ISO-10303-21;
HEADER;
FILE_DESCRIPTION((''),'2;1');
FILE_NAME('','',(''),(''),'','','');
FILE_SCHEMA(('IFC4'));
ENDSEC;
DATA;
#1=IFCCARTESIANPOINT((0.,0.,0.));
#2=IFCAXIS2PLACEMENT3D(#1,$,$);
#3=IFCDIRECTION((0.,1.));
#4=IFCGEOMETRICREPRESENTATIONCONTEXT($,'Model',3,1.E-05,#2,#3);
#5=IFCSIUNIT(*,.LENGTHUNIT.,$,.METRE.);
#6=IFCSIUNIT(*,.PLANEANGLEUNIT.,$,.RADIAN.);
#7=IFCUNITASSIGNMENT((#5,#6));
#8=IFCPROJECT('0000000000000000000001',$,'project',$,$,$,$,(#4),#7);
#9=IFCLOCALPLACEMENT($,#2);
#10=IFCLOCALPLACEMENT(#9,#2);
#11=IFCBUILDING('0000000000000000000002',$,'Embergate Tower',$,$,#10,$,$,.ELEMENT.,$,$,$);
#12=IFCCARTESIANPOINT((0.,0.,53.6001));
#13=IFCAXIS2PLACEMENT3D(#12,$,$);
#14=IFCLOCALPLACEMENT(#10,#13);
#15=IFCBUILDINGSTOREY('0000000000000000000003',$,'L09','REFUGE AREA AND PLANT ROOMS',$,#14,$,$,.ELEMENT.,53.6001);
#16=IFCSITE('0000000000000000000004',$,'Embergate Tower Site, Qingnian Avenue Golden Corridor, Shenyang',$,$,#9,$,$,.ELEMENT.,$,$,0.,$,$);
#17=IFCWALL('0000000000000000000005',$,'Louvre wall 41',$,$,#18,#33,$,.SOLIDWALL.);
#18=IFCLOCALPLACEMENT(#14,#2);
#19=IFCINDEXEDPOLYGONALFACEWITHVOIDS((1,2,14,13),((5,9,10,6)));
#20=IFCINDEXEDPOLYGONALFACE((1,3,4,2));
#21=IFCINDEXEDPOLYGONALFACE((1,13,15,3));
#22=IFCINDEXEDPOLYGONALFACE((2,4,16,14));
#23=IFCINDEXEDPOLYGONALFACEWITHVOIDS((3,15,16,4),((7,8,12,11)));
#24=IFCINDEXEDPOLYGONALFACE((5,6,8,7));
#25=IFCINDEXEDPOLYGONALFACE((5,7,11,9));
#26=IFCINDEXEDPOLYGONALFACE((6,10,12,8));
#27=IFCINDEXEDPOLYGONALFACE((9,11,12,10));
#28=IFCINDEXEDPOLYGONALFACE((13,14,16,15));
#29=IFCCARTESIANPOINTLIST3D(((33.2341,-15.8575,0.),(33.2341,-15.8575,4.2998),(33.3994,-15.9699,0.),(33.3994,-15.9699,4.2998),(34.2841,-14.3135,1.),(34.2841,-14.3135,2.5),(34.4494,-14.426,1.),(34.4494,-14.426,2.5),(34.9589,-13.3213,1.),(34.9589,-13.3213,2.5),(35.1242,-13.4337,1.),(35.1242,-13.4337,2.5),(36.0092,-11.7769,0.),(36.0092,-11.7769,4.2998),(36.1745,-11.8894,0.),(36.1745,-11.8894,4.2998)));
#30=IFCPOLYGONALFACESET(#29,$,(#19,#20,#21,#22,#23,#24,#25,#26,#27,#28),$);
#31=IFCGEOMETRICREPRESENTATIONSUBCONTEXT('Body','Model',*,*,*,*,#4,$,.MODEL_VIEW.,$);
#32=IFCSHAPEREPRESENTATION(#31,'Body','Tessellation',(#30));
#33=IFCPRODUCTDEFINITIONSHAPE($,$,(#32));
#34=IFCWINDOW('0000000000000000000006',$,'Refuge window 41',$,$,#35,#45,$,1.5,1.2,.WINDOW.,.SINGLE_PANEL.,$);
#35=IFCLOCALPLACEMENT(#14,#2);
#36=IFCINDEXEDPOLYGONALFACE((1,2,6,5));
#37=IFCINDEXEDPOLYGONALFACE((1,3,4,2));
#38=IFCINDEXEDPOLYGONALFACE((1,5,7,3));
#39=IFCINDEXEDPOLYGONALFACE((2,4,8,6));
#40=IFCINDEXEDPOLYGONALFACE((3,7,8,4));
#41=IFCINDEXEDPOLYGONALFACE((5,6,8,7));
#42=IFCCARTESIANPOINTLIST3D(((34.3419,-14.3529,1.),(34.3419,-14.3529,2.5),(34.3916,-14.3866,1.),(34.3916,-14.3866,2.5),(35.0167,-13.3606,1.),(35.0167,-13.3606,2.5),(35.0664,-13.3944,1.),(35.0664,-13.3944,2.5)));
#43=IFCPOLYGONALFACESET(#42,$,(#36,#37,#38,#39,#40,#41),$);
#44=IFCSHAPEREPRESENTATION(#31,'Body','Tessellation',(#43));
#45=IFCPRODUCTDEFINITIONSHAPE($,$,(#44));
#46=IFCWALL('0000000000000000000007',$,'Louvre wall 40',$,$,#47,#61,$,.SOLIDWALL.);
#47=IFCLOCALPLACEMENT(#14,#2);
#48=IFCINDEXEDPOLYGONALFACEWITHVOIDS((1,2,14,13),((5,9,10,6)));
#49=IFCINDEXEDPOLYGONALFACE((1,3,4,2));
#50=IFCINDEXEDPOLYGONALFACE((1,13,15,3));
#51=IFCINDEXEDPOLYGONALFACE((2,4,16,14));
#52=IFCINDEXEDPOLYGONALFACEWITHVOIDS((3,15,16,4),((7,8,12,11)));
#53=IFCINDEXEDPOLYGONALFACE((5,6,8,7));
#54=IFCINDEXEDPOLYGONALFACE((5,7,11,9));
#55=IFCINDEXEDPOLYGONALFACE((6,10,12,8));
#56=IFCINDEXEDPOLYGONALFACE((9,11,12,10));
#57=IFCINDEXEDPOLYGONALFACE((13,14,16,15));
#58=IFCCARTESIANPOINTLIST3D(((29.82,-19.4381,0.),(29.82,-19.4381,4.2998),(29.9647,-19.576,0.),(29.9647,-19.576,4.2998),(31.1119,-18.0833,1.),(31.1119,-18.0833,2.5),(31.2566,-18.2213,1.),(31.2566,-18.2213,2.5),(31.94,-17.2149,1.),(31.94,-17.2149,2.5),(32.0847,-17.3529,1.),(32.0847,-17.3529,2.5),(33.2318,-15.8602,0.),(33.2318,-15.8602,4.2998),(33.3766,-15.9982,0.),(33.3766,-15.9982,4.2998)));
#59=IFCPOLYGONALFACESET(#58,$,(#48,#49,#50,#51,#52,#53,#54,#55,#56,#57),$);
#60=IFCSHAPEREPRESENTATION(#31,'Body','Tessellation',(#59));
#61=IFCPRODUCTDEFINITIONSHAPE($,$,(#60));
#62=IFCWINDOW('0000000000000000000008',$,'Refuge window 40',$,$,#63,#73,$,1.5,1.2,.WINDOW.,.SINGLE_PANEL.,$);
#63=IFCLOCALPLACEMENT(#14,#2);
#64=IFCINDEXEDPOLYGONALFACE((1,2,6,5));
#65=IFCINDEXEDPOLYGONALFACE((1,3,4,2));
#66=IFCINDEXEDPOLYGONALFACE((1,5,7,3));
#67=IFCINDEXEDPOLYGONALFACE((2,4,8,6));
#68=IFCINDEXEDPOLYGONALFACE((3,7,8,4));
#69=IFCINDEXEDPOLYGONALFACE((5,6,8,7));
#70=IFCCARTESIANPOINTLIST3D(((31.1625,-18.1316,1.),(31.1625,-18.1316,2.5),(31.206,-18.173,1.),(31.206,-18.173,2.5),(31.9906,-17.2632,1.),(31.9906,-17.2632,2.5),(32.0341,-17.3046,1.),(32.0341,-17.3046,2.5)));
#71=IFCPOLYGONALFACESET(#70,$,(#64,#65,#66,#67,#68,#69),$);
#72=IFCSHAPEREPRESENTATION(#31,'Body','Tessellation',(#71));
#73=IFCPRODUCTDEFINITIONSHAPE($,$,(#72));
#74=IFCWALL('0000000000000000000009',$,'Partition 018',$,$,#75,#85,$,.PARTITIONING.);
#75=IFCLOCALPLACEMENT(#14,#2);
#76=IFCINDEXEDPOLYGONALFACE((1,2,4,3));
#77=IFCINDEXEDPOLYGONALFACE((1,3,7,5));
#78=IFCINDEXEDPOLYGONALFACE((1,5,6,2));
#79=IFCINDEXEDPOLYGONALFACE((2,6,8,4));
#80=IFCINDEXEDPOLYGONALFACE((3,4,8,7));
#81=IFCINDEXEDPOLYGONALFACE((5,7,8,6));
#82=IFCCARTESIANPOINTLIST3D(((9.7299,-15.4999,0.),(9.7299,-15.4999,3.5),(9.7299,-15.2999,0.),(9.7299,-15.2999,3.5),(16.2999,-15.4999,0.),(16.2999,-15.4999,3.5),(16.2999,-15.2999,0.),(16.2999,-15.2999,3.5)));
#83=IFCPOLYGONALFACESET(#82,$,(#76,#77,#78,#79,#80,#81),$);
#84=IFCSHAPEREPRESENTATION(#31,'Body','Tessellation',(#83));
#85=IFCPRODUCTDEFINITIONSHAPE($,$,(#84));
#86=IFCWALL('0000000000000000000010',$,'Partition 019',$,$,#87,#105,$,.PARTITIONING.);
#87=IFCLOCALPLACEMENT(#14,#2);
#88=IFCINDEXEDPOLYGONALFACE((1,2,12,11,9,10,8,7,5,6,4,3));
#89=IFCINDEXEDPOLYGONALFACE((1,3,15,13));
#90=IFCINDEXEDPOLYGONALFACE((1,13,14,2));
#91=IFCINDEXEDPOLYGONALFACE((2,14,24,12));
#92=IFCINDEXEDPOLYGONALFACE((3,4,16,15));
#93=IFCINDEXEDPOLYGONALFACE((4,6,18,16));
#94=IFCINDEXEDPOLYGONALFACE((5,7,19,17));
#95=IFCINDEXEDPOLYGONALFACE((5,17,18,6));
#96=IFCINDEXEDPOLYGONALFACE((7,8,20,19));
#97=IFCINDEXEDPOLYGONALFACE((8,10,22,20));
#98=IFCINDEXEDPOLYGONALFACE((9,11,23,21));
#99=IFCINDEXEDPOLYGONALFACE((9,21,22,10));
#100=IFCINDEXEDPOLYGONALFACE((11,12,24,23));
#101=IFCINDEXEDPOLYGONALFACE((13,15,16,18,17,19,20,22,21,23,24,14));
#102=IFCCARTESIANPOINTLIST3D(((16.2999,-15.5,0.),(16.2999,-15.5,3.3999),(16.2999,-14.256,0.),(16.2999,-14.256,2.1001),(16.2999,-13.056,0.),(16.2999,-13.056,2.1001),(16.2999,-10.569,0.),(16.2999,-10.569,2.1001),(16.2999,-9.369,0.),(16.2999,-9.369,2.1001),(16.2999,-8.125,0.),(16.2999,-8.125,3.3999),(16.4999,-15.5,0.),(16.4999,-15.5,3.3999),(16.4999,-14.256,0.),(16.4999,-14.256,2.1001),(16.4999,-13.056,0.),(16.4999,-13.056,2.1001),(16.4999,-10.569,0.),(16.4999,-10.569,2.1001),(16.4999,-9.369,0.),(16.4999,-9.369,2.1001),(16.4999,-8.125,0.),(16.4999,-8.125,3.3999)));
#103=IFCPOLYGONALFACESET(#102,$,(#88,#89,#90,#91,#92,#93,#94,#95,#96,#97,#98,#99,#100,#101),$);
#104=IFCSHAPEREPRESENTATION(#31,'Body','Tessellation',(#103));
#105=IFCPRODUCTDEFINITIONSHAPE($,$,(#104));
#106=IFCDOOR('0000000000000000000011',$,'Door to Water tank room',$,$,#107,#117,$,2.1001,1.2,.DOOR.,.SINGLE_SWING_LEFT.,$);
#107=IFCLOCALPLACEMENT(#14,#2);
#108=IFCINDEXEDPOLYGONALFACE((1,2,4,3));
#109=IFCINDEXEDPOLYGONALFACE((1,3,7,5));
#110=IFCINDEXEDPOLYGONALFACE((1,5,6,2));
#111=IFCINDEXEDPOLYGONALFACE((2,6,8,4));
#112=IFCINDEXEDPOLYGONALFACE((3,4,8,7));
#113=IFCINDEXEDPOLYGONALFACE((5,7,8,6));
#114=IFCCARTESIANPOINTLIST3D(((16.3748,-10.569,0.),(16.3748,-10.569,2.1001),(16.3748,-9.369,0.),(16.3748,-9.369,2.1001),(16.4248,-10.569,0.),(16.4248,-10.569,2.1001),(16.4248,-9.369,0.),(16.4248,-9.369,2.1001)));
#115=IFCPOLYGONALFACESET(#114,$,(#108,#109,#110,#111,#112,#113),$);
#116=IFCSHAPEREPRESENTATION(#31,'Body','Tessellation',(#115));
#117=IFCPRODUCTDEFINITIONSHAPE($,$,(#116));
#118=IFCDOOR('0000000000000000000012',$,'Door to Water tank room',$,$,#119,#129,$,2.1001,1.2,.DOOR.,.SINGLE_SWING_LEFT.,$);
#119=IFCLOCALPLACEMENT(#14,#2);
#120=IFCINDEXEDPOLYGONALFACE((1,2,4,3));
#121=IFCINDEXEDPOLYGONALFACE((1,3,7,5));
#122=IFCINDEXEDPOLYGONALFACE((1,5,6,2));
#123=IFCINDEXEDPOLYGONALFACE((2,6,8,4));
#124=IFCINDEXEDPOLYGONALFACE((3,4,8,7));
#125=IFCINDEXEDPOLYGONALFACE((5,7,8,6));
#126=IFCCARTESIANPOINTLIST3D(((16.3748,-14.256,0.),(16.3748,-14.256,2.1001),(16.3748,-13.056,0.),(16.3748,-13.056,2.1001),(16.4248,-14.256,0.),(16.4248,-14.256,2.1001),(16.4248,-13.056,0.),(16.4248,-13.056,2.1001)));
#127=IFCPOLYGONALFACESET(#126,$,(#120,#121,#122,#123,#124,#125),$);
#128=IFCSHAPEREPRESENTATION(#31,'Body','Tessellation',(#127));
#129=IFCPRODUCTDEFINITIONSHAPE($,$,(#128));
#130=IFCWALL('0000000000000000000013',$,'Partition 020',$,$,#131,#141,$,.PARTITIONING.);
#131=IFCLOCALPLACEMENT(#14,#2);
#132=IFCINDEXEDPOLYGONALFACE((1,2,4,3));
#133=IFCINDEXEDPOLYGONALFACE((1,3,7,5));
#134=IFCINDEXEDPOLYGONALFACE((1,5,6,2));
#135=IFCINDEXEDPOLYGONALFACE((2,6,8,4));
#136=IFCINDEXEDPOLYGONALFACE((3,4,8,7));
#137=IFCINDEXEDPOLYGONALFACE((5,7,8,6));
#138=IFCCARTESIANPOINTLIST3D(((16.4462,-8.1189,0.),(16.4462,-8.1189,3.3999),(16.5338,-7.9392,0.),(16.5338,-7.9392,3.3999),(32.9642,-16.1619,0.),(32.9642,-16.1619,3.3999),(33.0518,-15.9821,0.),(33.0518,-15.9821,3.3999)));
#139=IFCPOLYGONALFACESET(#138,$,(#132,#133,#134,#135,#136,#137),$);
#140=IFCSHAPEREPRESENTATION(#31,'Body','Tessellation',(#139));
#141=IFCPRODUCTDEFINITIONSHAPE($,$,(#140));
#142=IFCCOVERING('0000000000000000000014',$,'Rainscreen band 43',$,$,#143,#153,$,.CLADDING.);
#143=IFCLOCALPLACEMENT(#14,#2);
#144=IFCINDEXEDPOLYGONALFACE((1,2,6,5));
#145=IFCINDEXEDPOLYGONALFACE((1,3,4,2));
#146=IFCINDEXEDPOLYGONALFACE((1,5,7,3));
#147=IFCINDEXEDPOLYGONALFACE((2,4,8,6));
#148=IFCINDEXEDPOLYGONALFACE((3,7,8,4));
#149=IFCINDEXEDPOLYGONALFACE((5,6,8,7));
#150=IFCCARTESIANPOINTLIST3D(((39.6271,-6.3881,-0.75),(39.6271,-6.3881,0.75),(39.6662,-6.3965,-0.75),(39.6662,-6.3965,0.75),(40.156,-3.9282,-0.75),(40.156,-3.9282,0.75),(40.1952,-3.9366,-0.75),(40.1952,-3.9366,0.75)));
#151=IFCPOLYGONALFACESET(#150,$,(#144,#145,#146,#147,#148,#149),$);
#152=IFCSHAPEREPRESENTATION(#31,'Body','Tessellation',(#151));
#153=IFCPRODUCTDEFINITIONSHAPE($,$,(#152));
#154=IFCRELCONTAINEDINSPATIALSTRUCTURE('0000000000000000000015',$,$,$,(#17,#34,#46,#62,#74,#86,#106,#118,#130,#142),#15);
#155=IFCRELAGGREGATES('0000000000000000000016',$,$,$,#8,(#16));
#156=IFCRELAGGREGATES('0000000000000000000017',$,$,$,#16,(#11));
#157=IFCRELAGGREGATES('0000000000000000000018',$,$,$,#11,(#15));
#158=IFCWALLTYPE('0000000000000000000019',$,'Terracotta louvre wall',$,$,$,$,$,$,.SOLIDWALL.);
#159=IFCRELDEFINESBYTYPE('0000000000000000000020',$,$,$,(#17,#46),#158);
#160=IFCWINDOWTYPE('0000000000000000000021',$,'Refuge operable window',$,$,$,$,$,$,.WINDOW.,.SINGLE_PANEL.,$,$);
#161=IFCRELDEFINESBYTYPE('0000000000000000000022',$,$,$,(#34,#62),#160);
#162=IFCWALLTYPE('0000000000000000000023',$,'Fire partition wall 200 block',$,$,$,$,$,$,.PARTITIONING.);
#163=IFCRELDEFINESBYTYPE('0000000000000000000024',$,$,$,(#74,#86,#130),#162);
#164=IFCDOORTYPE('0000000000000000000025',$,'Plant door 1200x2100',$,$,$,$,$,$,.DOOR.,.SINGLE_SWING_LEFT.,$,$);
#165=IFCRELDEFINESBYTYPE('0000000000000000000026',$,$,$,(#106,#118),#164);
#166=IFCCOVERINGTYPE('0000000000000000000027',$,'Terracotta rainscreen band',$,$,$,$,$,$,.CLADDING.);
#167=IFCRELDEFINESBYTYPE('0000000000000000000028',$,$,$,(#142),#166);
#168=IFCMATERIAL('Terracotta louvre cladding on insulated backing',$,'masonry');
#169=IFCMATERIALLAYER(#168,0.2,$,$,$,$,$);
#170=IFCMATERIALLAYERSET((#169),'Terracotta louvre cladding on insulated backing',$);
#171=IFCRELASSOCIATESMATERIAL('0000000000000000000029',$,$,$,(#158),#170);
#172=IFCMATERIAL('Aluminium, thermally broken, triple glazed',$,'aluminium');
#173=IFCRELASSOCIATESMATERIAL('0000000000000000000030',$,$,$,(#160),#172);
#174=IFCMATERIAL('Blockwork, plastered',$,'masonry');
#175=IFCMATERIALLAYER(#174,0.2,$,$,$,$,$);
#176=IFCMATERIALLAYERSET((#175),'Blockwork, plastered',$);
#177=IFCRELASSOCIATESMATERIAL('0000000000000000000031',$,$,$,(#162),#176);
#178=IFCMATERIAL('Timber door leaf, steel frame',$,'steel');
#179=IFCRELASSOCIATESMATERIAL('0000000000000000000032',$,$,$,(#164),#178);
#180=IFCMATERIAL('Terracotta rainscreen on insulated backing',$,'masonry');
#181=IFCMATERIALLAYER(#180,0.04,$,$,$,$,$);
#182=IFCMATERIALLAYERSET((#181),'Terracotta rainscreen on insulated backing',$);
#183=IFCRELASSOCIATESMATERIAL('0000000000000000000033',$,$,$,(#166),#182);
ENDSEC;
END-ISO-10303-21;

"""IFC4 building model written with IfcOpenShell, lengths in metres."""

from ifc_helpers import new_model, si_unit, direction, frame, frame_2d, origin, origin_2d, place, context, subcontext, project, spatial, rectangle, extrude, source, transform, mapped, material, layer, layer_set, type_object, element, fill, save


model = new_model("IFC4")

# Units and contexts
model_context = context("Model", 3, precision=1e-05, world=origin(), true_north=direction((0.0, 1.0)))
body_context = subcontext(model_context, "Body", "Model", "MODEL_VIEW")
ifc_project = project(units=[si_unit("LENGTHUNIT", "METRE"), si_unit("PLANEANGLEUNIT", "RADIAN")], contexts=[model_context])

# Site, building, storey
site_placement = place(None, origin())
site = spatial("IfcSite", under=ifc_project, at=site_placement, Name="Embergate Tower Site, Qingnian Avenue Golden Corridor, Shenyang", CompositionType="ELEMENT", RefElevation=0.0)
building_placement = place(site_placement, origin())
building = spatial("IfcBuilding", under=site, at=building_placement, Name="Embergate Tower", CompositionType="ELEMENT")
storey_placement = place(building_placement, frame((0.0, 0.0, 53.6001)))
storey = spatial("IfcBuildingStorey", under=building, at=storey_placement, Name="L09", Description="REFUGE AREA AND PLANT ROOMS", CompositionType="ELEMENT", Elevation=53.6001)

# Walls, openings, windows
ifc_material_1 = material(Name="Terracotta louvre cladding on insulated backing", Category="masonry")
ifc_layer_1 = layer(ifc_material_1, 0.2)
ifc_layer_set_1 = layer_set([ifc_layer_1], Name="Terracotta louvre cladding on insulated backing")
wall_type_1 = type_object("IfcWallType", Name="Terracotta louvre wall", PredefinedType="SOLIDWALL", material=ifc_layer_set_1)
shared_shape_1 = source(origin(), body_context, "Body", "SweptSolid", [
    extrude(rectangle(XDim=1.2, YDim=1.5, at=frame_2d((0.6001, 0.75))), frame((0.0, 0.1099, 0.0), z_axis=(0.0, -1.0, 0.0), x_axis=(1.0, 0.0, 0.0)), (0.0, 0.0, 1.0), 0.22),
])
ifc_material_2 = material(Name="Aluminium, thermally broken, triple glazed", Category="aluminium")
window_type = type_object("IfcWindowType", Name="Refuge operable window", PartitioningType="SINGLE_PANEL", PredefinedType="WINDOW", material=ifc_material_2)
shared_shape_2 = source(origin(), body_context, "Body", "SweptSolid", [
    extrude(rectangle(XDim=1.2, YDim=1.5, at=frame_2d((0.6001, 0.75))), frame((0.0, 0.03, 0.0), z_axis=(0.0, -1.0, 0.0), x_axis=(1.0, 0.0, 0.0)), (0.0, 0.0, 1.0), 0.0601),
])
shared_shape_3 = source(origin(), body_context, "Body", "SweptSolid", [
    extrude(rectangle(XDim=4.9348, YDim=0.2, at=frame_2d((2.4673, 0.0))), origin(), (0.0, 0.0, 1.0), 4.2998),
])
wall_1_placement = place(storey_placement, frame((36.0918, -11.8333, 0.0), z_axis=(0.0, 0.0, 1.0), x_axis=(-0.56236, -0.826892, 0.0)))
wall_1 = element("IfcWall", 1, at=wall_1_placement, inside=storey, type_object=wall_type_1, Name="Louvre wall 41", PredefinedType="SOLIDWALL", context=body_context, shape_type="MappedRepresentation", body=[
    mapped(shared_shape_3, transform((0.0, 0.0, 0.0))),
])
opening_1_placement = place(wall_1_placement, frame((1.8674, 0.0, 1.0)))
opening_1 = element("IfcOpeningElement", 2, at=opening_1_placement, cuts=wall_1, PredefinedType="OPENING", context=body_context, shape_type="MappedRepresentation", body=[
    mapped(shared_shape_1, transform((0.0, 0.0, 0.0))),
])
window_1_placement = place(opening_1_placement, origin())
window_1 = element("IfcWindow", 3, at=window_1_placement, inside=storey, type_object=window_type, Name="Refuge window 41", OverallHeight=1.5, OverallWidth=1.2, PartitioningType="SINGLE_PANEL", PredefinedType="WINDOW", context=body_context, shape_type="MappedRepresentation", body=[
    mapped(shared_shape_2, transform((0.0, 0.0, 0.0))),
])
fill(opening_1, window_1)
shared_shape_4 = source(origin(), body_context, "Body", "SweptSolid", [
    extrude(rectangle(XDim=4.9438, YDim=0.2, at=frame_2d((2.4719, 0.0))), origin(), (0.0, 0.0, 1.0), 4.2998),
])
wall_2_placement = place(storey_placement, frame((33.3042, -15.9292, 0.0), z_axis=(0.0, 0.0, 1.0), x_axis=(-0.690117, -0.723697, 0.0)))
wall_2 = element("IfcWall", 4, at=wall_2_placement, inside=storey, type_object=wall_type_1, Name="Louvre wall 40", PredefinedType="SOLIDWALL", context=body_context, shape_type="MappedRepresentation", body=[
    mapped(shared_shape_4, transform((0.0, 0.0, 0.0))),
])
opening_2_placement = place(wall_2_placement, frame((1.8718, 0.0, 1.0)))
opening_2 = element("IfcOpeningElement", 5, at=opening_2_placement, cuts=wall_2, PredefinedType="OPENING", context=body_context, shape_type="MappedRepresentation", body=[
    mapped(shared_shape_1, transform((0.0, 0.0, 0.0))),
])
window_2_placement = place(opening_2_placement, origin())
window_2 = element("IfcWindow", 6, at=window_2_placement, inside=storey, type_object=window_type, Name="Refuge window 40", OverallHeight=1.5, OverallWidth=1.2, PartitioningType="SINGLE_PANEL", PredefinedType="WINDOW", context=body_context, shape_type="MappedRepresentation", body=[
    mapped(shared_shape_2, transform((0.0, 0.0, 0.0))),
])
fill(opening_2, window_2)

# Wall
ifc_material_3 = material(Name="Blockwork, plastered", Category="masonry")
ifc_layer_2 = layer(ifc_material_3, 0.2)
ifc_layer_set_2 = layer_set([ifc_layer_2], Name="Blockwork, plastered")
wall_type_2 = type_object("IfcWallType", Name="Fire partition wall 200 block", PredefinedType="PARTITIONING", material=ifc_layer_set_2)
shared_shape_5 = source(origin(), body_context, "Body", "SweptSolid", [
    extrude(rectangle(XDim=6.5701, YDim=0.2, at=frame_2d((3.2852, 0.0))), origin(), (0.0, 0.0, 1.0), 3.5),
])
wall_3_placement = place(storey_placement, frame((16.3, -15.3999, 0.0), z_axis=(0.0, 0.0, 1.0), x_axis=(-1.0, 0.0, 0.0)))
element("IfcWall", 7, at=wall_3_placement, inside=storey, type_object=wall_type_2, Name="Partition 018", PredefinedType="PARTITIONING", context=body_context, shape_type="MappedRepresentation", body=[
    mapped(shared_shape_5, transform((0.0, 0.0, 0.0))),
])

# Wall, openings, doors
shared_shape_6 = source(origin(), body_context, "Body", "SweptSolid", [
    extrude(rectangle(XDim=7.375, YDim=0.2, at=frame_2d((3.6875, 0.0))), origin(), (0.0, 0.0, 1.0), 3.3999),
])
wall_4_placement = place(storey_placement, frame((16.3999, -8.125, 0.0), z_axis=(0.0, 0.0, 1.0), x_axis=(0.0, -1.0, 0.0)))
wall_4 = element("IfcWall", 8, at=wall_4_placement, inside=storey, type_object=wall_type_2, Name="Partition 019", PredefinedType="PARTITIONING", context=body_context, shape_type="MappedRepresentation", body=[
    mapped(shared_shape_6, transform((0.0, 0.0, 0.0))),
])
shared_shape_7 = source(origin(), body_context, "Body", "SweptSolid", [
    extrude(rectangle(XDim=1.2, YDim=2.1001, at=frame_2d((0.6001, 1.05))), frame((0.0, 0.1099, 0.0), z_axis=(0.0, -1.0, 0.0), x_axis=(1.0, 0.0, 0.0)), (0.0, 0.0, 1.0), 0.22),
])
opening_3_placement = place(wall_4_placement, frame((1.2439, 0.0, 0.0)))
opening_3 = element("IfcOpeningElement", 9, at=opening_3_placement, cuts=wall_4, PredefinedType="OPENING", context=body_context, shape_type="MappedRepresentation", body=[
    mapped(shared_shape_7, transform((0.0, 0.0, 0.0))),
])
opening_4_placement = place(wall_4_placement, frame((4.9309, 0.0, 0.0)))
opening_4 = element("IfcOpeningElement", 10, at=opening_4_placement, cuts=wall_4, PredefinedType="OPENING", context=body_context, shape_type="MappedRepresentation", body=[
    mapped(shared_shape_7, transform((0.0, 0.0, 0.0))),
])
ifc_material_4 = material(Name="Timber door leaf, steel frame", Category="steel")
door_type = type_object("IfcDoorType", Name="Plant door 1200x2100", OperationType="SINGLE_SWING_LEFT", PredefinedType="DOOR", material=ifc_material_4)
shared_shape_8 = source(origin(), body_context, "Body", "SweptSolid", [
    extrude(rectangle(XDim=1.2, YDim=2.1001, at=frame_2d((0.6001, 1.05))), frame((0.0, 0.0249, 0.0), z_axis=(0.0, -1.0, 0.0), x_axis=(1.0, 0.0, 0.0)), (0.0, 0.0, 1.0), 0.05),
])
door_1_placement = place(opening_3_placement, origin())
door_1 = element("IfcDoor", 11, at=door_1_placement, inside=storey, type_object=door_type, Name="Door to Water tank room", OperationType="SINGLE_SWING_LEFT", OverallHeight=2.1001, OverallWidth=1.2, PredefinedType="DOOR", context=body_context, shape_type="MappedRepresentation", body=[
    mapped(shared_shape_8, transform((0.0, 0.0, 0.0))),
])
fill(opening_3, door_1)
door_2_placement = place(opening_4_placement, origin())
door_2 = element("IfcDoor", 12, at=door_2_placement, inside=storey, type_object=door_type, Name="Door to Water tank room", OperationType="SINGLE_SWING_LEFT", OverallHeight=2.1001, OverallWidth=1.2, PredefinedType="DOOR", context=body_context, shape_type="MappedRepresentation", body=[
    mapped(shared_shape_8, transform((0.0, 0.0, 0.0))),
])
fill(opening_4, door_2)

# Wall
shared_shape_9 = source(origin(), body_context, "Body", "SweptSolid", [
    extrude(rectangle(XDim=18.3721, YDim=0.2, at=frame_2d((9.186, 0.0))), origin(), (0.0, 0.0, 1.0), 3.3999),
])
wall_5_placement = place(storey_placement, frame((16.49, -8.0291, 0.0), z_axis=(0.0, 0.0, 1.0), x_axis=(0.899082, -0.437781, 0.0)))
element("IfcWall", 13, at=wall_5_placement, inside=storey, type_object=wall_type_2, Name="Partition 020", PredefinedType="PARTITIONING", context=body_context, shape_type="MappedRepresentation", body=[
    mapped(shared_shape_9, transform((0.0, 0.0, 0.0))),
])

# Covering
ifc_material_5 = material(Name="Terracotta rainscreen on insulated backing", Category="masonry")
ifc_layer_3 = layer(ifc_material_5, 0.04)
ifc_layer_set_3 = layer_set([ifc_layer_3], Name="Terracotta rainscreen on insulated backing")
covering_type = type_object("IfcCoveringType", Name="Terracotta rainscreen band", PredefinedType="CLADDING", material=ifc_layer_set_3)
shared_shape_10 = source(origin(), body_context, "Body", "SweptSolid", [
    extrude(rectangle(XDim=2.5161, YDim=0.04, at=origin_2d()), origin(), (0.0, 0.0, 1.0), 1.5),
])
covering_1_placement = place(storey_placement, frame((39.9111, -5.1624, -0.75), z_axis=(0.0, 0.0, 1.0), x_axis=(0.210235, 0.977651, 0.0)))
element("IfcCovering", 14, at=covering_1_placement, inside=storey, type_object=covering_type, Name="Rainscreen band 43", PredefinedType="CLADDING", context=body_context, shape_type="MappedRepresentation", body=[
    mapped(shared_shape_10, transform((0.0, 0.0, 0.0))),
])

save(model, "model.ifc")
